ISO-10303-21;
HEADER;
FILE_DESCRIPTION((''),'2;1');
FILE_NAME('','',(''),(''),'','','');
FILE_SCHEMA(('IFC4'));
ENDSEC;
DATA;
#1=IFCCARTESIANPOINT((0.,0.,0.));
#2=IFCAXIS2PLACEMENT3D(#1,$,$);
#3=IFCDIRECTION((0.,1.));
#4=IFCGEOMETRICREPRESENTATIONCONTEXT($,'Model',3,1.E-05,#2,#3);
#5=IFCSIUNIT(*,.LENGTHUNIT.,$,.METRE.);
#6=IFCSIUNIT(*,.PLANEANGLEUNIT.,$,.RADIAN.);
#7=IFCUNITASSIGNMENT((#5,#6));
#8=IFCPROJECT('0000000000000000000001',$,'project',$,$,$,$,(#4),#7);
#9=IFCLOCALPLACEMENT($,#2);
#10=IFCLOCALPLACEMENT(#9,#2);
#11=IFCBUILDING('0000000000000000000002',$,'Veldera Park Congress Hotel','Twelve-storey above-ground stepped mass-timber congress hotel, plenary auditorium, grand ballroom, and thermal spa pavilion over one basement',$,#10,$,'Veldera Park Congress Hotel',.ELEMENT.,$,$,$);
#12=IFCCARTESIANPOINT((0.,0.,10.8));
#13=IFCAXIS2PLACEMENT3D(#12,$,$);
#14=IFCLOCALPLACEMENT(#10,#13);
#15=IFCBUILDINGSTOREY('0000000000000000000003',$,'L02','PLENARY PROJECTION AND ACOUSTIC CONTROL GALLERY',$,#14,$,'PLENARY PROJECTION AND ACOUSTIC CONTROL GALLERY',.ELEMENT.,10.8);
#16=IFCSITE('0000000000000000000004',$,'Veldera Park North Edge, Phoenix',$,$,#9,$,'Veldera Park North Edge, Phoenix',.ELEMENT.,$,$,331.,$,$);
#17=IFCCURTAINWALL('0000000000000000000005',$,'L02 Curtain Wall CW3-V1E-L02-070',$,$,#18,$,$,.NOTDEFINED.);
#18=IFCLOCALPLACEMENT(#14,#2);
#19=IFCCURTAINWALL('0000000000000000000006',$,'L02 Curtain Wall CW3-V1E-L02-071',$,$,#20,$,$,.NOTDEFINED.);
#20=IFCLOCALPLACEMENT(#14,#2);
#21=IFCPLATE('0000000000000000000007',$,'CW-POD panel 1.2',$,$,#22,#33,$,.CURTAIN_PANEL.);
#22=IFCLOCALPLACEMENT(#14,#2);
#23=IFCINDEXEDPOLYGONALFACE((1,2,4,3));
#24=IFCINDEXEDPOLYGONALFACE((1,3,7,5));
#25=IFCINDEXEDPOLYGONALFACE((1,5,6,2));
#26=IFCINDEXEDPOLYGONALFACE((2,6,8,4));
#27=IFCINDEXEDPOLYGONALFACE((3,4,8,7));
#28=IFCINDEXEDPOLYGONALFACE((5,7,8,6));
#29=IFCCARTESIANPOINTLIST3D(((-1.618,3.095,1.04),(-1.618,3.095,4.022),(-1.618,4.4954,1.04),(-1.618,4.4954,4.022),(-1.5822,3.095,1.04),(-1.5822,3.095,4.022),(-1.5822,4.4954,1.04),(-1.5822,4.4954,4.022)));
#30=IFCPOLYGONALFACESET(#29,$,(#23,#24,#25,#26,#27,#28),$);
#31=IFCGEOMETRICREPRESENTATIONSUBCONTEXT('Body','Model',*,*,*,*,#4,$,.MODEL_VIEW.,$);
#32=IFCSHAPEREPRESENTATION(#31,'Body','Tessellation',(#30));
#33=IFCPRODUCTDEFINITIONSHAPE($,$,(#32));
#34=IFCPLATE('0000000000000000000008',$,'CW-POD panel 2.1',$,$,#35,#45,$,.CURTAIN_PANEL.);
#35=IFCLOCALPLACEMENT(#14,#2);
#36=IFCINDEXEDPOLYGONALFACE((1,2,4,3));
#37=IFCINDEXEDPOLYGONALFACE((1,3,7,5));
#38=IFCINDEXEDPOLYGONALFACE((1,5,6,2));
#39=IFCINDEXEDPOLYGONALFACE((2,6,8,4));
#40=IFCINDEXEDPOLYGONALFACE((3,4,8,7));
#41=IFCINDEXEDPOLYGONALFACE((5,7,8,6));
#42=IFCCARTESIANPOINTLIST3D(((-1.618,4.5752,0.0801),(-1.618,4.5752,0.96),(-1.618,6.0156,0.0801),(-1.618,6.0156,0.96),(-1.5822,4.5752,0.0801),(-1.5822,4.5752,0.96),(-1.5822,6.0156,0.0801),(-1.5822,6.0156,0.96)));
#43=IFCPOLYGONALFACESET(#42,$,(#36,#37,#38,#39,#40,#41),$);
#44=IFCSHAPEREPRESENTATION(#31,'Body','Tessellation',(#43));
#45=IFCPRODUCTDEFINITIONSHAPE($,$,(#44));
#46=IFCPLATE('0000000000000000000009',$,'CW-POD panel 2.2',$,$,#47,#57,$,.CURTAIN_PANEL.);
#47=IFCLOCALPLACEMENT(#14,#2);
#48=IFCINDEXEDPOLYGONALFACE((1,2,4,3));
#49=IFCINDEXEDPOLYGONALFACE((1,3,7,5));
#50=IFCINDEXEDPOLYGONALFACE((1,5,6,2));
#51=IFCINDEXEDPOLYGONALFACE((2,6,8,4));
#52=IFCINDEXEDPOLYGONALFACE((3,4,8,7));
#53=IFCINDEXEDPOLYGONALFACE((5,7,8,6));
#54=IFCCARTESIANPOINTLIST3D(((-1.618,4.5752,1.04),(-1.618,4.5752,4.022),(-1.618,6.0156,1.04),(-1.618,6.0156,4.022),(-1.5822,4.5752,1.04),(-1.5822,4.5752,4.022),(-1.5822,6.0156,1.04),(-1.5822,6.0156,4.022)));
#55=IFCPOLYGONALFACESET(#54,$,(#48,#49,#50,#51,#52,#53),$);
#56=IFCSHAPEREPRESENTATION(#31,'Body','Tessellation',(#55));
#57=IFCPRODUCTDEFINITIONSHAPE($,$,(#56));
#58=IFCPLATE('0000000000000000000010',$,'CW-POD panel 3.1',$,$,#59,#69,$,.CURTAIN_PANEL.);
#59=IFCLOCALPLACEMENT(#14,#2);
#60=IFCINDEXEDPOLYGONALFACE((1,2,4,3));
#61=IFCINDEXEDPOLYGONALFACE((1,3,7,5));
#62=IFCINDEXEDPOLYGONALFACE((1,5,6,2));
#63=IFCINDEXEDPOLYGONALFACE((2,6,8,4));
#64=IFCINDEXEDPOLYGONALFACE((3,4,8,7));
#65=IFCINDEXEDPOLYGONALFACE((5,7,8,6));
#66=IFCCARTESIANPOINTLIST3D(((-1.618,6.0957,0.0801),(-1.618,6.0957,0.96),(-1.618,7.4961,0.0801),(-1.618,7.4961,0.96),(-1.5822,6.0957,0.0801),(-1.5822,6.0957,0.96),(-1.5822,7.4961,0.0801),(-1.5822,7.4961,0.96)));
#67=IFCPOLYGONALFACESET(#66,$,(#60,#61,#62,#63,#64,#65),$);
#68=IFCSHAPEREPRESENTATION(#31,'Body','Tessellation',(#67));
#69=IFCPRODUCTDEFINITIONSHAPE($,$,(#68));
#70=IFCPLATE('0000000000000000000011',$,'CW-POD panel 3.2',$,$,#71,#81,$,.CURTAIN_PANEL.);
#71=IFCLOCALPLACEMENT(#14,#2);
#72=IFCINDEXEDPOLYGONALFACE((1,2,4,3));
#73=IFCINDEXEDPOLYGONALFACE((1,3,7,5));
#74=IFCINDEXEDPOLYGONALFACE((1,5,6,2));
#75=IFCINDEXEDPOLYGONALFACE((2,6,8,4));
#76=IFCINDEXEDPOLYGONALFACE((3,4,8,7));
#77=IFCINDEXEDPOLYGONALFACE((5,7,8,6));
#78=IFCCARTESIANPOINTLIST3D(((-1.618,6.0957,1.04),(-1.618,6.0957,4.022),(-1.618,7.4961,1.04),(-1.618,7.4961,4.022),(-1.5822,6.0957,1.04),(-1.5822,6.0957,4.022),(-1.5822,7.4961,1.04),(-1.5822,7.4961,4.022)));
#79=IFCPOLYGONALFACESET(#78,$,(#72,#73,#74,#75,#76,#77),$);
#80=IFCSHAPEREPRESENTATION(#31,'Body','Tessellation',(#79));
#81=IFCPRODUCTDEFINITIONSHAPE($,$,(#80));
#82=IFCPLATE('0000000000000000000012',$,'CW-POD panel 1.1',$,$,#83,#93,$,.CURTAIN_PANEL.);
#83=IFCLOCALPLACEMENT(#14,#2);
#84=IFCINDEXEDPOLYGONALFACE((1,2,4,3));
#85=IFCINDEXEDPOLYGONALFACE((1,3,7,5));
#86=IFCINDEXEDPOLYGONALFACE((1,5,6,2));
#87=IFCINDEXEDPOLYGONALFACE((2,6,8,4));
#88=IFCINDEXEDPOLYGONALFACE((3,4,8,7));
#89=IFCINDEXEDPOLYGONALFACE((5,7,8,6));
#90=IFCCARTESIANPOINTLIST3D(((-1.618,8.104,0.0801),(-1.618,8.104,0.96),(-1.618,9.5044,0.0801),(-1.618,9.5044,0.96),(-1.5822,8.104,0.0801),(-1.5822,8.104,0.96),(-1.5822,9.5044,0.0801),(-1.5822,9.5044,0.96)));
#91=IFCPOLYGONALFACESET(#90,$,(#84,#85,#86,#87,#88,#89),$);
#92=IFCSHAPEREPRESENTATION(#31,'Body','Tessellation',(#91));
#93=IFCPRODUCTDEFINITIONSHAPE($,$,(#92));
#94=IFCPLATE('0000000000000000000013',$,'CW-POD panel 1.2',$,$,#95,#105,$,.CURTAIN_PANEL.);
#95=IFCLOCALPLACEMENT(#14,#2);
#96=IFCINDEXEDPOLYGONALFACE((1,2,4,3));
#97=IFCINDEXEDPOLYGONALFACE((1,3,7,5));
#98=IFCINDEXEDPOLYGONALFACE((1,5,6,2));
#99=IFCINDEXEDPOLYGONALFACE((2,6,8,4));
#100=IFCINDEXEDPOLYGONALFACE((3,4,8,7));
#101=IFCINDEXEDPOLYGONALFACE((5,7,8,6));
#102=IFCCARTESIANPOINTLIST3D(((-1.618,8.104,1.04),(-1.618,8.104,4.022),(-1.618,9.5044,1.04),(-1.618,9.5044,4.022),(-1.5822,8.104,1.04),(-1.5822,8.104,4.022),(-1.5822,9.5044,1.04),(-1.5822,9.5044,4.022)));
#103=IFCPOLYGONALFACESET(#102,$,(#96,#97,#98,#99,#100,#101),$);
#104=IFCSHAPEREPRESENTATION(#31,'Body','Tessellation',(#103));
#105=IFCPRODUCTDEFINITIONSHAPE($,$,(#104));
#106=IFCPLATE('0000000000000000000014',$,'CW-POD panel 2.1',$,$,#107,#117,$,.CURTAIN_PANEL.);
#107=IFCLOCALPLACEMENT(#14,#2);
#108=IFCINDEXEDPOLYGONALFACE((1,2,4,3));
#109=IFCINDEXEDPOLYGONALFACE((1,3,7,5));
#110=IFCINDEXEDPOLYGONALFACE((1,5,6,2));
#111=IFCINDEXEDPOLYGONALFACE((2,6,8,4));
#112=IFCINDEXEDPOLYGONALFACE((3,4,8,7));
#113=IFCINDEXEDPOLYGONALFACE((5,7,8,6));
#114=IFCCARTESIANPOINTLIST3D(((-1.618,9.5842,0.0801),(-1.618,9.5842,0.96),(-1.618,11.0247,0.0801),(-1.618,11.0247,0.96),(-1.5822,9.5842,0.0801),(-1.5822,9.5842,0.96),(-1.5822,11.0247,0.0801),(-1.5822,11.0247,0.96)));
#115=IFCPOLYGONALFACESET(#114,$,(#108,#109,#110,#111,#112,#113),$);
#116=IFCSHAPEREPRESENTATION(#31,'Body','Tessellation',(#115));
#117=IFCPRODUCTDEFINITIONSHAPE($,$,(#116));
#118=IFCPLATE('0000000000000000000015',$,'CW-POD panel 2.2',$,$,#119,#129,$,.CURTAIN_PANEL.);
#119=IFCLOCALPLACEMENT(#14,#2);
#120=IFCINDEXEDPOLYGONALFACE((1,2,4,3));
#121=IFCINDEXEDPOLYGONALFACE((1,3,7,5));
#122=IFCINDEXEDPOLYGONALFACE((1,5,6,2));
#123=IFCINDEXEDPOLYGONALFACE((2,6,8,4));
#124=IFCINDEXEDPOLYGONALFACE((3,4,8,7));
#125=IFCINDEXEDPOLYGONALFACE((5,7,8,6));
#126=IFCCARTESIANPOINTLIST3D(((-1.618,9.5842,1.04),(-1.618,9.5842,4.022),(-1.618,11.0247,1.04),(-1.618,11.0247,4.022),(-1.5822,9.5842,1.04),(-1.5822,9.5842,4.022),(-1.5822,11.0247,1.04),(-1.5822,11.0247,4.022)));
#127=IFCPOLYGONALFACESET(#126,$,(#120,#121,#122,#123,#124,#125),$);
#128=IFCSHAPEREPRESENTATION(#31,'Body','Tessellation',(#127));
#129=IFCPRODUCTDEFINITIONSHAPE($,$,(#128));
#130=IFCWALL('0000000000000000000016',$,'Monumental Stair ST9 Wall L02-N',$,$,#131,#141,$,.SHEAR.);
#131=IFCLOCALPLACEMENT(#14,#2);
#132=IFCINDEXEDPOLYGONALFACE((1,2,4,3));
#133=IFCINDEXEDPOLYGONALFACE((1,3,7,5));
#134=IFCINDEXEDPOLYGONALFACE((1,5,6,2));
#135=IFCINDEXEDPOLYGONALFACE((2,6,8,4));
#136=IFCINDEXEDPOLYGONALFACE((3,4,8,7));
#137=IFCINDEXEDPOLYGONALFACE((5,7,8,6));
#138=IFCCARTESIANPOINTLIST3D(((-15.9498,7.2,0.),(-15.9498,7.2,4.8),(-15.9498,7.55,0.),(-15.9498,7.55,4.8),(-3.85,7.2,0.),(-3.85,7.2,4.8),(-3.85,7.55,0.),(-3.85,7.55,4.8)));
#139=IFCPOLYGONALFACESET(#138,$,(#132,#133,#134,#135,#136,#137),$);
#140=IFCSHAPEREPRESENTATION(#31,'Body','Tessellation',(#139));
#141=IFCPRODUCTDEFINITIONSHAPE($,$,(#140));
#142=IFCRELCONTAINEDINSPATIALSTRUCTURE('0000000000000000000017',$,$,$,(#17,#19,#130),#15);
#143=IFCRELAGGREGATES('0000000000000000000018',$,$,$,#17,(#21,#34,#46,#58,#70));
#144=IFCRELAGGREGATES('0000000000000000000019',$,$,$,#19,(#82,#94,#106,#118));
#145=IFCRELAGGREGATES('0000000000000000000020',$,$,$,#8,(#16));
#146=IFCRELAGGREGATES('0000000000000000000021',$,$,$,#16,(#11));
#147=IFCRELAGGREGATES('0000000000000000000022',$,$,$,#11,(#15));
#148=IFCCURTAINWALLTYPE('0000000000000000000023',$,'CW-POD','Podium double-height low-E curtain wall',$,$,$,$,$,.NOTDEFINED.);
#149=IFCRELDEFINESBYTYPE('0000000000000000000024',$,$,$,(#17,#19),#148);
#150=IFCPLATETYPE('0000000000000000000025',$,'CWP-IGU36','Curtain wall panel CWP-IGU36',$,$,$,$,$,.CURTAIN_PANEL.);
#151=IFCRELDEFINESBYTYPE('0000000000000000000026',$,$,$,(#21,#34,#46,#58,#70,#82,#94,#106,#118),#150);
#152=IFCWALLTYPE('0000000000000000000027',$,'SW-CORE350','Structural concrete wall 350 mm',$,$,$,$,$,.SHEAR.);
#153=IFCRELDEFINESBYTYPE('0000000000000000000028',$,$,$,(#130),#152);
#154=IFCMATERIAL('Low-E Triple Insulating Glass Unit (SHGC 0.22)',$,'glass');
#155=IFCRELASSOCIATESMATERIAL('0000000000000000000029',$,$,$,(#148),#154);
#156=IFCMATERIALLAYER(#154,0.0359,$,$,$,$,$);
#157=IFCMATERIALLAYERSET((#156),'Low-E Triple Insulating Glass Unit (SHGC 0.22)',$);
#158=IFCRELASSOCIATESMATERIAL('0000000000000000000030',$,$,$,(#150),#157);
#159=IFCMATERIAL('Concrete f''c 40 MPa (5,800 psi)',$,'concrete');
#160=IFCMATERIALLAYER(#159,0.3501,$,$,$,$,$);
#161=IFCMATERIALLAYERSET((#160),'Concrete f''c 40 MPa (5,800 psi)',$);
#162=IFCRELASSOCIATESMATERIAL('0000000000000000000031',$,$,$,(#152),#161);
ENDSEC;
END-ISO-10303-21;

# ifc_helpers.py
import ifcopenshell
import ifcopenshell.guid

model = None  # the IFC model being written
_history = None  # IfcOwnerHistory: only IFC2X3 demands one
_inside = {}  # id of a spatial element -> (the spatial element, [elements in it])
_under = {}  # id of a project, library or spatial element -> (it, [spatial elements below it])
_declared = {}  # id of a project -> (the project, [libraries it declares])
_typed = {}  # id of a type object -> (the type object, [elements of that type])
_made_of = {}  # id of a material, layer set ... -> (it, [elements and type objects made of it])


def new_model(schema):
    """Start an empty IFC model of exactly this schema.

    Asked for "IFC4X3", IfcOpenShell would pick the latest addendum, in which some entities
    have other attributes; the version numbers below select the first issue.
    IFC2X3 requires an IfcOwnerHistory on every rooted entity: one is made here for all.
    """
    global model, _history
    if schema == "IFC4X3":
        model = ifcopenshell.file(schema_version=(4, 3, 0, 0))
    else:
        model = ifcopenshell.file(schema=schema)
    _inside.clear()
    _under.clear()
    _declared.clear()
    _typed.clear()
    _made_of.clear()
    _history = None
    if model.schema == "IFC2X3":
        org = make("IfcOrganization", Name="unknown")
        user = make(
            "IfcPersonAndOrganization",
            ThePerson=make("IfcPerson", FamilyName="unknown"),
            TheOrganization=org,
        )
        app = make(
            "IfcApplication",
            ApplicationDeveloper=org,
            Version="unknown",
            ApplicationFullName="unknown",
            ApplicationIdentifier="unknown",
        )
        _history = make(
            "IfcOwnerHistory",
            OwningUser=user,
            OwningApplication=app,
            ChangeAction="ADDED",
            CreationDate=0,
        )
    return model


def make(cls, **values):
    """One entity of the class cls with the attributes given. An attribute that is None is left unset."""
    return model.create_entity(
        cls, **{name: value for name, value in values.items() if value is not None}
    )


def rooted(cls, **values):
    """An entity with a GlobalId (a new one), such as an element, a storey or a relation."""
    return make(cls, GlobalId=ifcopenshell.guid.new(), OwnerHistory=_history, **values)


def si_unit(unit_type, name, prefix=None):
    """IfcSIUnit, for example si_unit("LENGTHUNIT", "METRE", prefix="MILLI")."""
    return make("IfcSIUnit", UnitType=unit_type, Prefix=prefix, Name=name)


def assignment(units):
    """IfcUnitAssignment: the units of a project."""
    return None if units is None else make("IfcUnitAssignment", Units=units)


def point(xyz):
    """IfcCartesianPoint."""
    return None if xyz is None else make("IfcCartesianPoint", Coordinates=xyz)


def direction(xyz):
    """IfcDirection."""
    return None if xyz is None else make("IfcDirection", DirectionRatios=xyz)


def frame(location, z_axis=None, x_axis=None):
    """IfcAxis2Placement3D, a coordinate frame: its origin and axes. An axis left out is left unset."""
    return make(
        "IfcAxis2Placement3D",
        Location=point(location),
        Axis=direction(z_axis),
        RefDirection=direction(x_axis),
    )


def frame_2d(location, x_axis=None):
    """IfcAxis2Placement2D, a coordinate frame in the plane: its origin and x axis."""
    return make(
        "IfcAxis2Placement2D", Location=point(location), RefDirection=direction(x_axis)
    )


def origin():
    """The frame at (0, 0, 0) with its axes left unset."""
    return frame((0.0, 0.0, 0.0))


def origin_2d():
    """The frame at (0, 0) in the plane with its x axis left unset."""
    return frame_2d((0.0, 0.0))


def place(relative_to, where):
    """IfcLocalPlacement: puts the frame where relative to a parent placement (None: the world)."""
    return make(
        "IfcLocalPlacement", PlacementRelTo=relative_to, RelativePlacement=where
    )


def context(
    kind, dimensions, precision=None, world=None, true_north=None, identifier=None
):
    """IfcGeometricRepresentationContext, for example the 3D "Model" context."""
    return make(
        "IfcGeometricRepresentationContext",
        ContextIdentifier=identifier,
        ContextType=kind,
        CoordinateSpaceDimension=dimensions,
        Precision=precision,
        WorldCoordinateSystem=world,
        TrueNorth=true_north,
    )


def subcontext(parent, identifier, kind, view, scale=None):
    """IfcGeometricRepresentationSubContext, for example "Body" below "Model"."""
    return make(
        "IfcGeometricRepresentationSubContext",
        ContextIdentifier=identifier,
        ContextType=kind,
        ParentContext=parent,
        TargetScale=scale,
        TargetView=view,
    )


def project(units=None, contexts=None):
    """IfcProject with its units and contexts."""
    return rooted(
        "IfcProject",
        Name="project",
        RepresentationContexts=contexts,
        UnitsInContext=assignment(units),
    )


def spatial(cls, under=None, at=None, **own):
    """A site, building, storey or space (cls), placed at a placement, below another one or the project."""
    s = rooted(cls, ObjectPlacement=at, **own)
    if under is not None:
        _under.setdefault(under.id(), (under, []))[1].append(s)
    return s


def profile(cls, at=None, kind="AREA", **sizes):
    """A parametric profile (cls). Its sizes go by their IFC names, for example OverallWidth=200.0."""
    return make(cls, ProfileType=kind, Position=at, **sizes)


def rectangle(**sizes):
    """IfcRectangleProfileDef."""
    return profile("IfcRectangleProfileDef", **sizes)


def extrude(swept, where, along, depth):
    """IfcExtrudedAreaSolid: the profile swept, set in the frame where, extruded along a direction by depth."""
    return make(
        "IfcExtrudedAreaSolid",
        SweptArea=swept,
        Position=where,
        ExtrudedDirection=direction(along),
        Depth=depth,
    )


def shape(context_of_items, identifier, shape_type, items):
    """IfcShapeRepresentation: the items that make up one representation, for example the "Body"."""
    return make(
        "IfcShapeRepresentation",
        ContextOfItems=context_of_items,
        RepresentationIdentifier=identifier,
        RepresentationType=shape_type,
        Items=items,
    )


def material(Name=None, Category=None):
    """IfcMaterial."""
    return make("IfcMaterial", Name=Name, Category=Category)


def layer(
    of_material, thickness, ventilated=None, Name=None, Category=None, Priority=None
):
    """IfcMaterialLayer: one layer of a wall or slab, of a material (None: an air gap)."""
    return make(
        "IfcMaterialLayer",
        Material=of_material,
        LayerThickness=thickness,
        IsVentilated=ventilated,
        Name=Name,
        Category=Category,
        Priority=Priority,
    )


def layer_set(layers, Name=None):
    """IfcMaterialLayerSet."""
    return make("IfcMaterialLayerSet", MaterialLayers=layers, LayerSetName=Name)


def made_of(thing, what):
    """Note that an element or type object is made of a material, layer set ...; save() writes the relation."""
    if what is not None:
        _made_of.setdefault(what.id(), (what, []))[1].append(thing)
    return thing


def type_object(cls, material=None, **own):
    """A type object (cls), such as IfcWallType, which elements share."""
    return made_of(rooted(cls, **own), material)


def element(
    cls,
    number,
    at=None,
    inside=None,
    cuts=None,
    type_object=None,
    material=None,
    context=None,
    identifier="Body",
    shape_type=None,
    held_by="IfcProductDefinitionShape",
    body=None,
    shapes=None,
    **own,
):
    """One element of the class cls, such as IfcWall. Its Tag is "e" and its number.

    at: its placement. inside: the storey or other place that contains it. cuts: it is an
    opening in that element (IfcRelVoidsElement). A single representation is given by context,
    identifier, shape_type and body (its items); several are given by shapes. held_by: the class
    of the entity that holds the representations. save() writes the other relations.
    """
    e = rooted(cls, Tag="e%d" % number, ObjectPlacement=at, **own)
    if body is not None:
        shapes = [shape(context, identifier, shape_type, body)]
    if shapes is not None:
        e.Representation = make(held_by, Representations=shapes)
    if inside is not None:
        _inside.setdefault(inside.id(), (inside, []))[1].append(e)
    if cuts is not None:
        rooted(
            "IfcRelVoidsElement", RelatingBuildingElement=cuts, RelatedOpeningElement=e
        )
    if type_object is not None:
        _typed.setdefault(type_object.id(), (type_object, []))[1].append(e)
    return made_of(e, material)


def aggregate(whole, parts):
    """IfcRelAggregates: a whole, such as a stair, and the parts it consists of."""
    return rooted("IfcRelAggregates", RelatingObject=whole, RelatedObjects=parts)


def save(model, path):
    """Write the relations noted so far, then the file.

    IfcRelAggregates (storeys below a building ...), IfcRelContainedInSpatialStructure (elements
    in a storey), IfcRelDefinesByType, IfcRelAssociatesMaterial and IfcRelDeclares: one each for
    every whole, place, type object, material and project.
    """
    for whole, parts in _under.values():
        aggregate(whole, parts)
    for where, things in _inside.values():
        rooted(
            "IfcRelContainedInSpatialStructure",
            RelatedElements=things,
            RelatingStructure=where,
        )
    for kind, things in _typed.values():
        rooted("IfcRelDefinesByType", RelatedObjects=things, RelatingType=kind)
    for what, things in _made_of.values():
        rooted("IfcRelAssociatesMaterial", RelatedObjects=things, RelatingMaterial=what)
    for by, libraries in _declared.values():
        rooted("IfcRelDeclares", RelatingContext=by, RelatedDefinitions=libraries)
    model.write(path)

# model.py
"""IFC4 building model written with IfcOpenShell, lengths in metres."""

from ifc_helpers import new_model, si_unit, direction, frame, frame_2d, origin, origin_2d, place, context, subcontext, project, spatial, rectangle, extrude, material, layer, layer_set, type_object, element, aggregate, save


model = new_model("IFC4")

# Units and contexts
model_context = context("Model", 3, precision=1e-05, world=origin(), true_north=direction((0.0, 1.0)))
body_context = subcontext(model_context, "Body", "Model", "MODEL_VIEW")
ifc_project = project(units=[si_unit("LENGTHUNIT", "METRE"), si_unit("PLANEANGLEUNIT", "RADIAN")], contexts=[model_context])

# Site, building, storey
site_placement = place(None, origin())
site = spatial("IfcSite", under=ifc_project, at=site_placement, Name="Veldera Park North Edge, Phoenix", LongName="Veldera Park North Edge, Phoenix", CompositionType="ELEMENT", RefElevation=331.0)
building_placement = place(site_placement, origin())
building = spatial("IfcBuilding", under=site, at=building_placement, Name="Veldera Park Congress Hotel", Description="Twelve-storey above-ground stepped mass-timber congress hotel, plenary auditorium, grand ballroom, and thermal spa pavilion over one basement", LongName="Veldera Park Congress Hotel", CompositionType="ELEMENT")
storey_placement = place(building_placement, frame((0.0, 0.0, 10.8)))
storey = spatial("IfcBuildingStorey", under=building, at=storey_placement, Name="L02", Description="PLENARY PROJECTION AND ACOUSTIC CONTROL GALLERY", LongName="PLENARY PROJECTION AND ACOUSTIC CONTROL GALLERY", CompositionType="ELEMENT", Elevation=10.8)

# Shared definitions
ifc_material_1 = material(Name="Low-E Triple Insulating Glass Unit (SHGC 0.22)", Category="glass")
curtain_wall_type = type_object("IfcCurtainWallType", Name="CW-POD", Description="Podium double-height low-E curtain wall", PredefinedType="NOTDEFINED", material=ifc_material_1)

# Curtain walls
curtain_wall_1_placement = place(storey_placement, origin())
curtain_wall_1 = element("IfcCurtainWall", 1, at=curtain_wall_1_placement, inside=storey, type_object=curtain_wall_type, Name="L02 Curtain Wall CW3-V1E-L02-070", PredefinedType="NOTDEFINED")
curtain_wall_2_placement = place(storey_placement, origin())
curtain_wall_2 = element("IfcCurtainWall", 2, at=curtain_wall_2_placement, inside=storey, type_object=curtain_wall_type, Name="L02 Curtain Wall CW3-V1E-L02-071", PredefinedType="NOTDEFINED")

# Plates
ifc_layer_1 = layer(ifc_material_1, 0.0359)
ifc_layer_set_1 = layer_set([ifc_layer_1], Name="Low-E Triple Insulating Glass Unit (SHGC 0.22)")
plate_type = type_object("IfcPlateType", Name="CWP-IGU36", Description="Curtain wall panel CWP-IGU36", PredefinedType="CURTAIN_PANEL", material=ifc_layer_set_1)
plate_1_placement = place(storey_placement, frame((-1.6001, 3.7952, 1.04), z_axis=(0.0, 0.0, 1.0), x_axis=(0.0, 1.0, 0.0)))
plate_1 = element("IfcPlate", 3, at=plate_1_placement, type_object=plate_type, Name="CW-POD panel 1.2", PredefinedType="CURTAIN_PANEL", context=body_context, shape_type="SweptSolid", body=[
    extrude(rectangle(XDim=1.4004, YDim=0.0359, at=origin_2d()), origin(), (0.0, 0.0, 1.0), 2.9819),
])
plate_2_placement = place(storey_placement, frame((-1.6001, 5.2954, 0.0801), z_axis=(0.0, 0.0, 1.0), x_axis=(0.0, 1.0, 0.0)))
plate_2 = element("IfcPlate", 4, at=plate_2_placement, type_object=plate_type, Name="CW-POD panel 2.1", PredefinedType="CURTAIN_PANEL", context=body_context, shape_type="SweptSolid", body=[
    extrude(rectangle(XDim=1.4404, YDim=0.0359, at=origin_2d()), origin(), (0.0, 0.0, 1.0), 0.8799),
])
plate_3_placement = place(storey_placement, frame((-1.6001, 5.2954, 1.04), z_axis=(0.0, 0.0, 1.0), x_axis=(0.0, 1.0, 0.0)))
plate_3 = element("IfcPlate", 5, at=plate_3_placement, type_object=plate_type, Name="CW-POD panel 2.2", PredefinedType="CURTAIN_PANEL", context=body_context, shape_type="SweptSolid", body=[
    extrude(rectangle(XDim=1.4404, YDim=0.0359, at=origin_2d()), origin(), (0.0, 0.0, 1.0), 2.9819),
])
plate_4_placement = place(storey_placement, frame((-1.6001, 6.7959, 0.0801), z_axis=(0.0, 0.0, 1.0), x_axis=(0.0, 1.0, 0.0)))
plate_4 = element("IfcPlate", 6, at=plate_4_placement, type_object=plate_type, Name="CW-POD panel 3.1", PredefinedType="CURTAIN_PANEL", context=body_context, shape_type="SweptSolid", body=[
    extrude(rectangle(XDim=1.4004, YDim=0.0359, at=origin_2d()), origin(), (0.0, 0.0, 1.0), 0.8799),
])
plate_5_placement = place(storey_placement, frame((-1.6001, 6.7959, 1.04), z_axis=(0.0, 0.0, 1.0), x_axis=(0.0, 1.0, 0.0)))
plate_5 = element("IfcPlate", 7, at=plate_5_placement, type_object=plate_type, Name="CW-POD panel 3.2", PredefinedType="CURTAIN_PANEL", context=body_context, shape_type="SweptSolid", body=[
    extrude(rectangle(XDim=1.4004, YDim=0.0359, at=origin_2d()), origin(), (0.0, 0.0, 1.0), 2.9819),
])
aggregate(curtain_wall_1, [plate_1, plate_2, plate_3, plate_4, plate_5])
plate_6_placement = place(storey_placement, frame((-1.6001, 8.8042, 0.0801), z_axis=(0.0, 0.0, 1.0), x_axis=(0.0, 1.0, 0.0)))
plate_6 = element("IfcPlate", 8, at=plate_6_placement, type_object=plate_type, Name="CW-POD panel 1.1", PredefinedType="CURTAIN_PANEL", context=body_context, shape_type="SweptSolid", body=[
    extrude(rectangle(XDim=1.4004, YDim=0.0359, at=origin_2d()), origin(), (0.0, 0.0, 1.0), 0.8799),
])
plate_7_placement = place(storey_placement, frame((-1.6001, 8.8042, 1.04), z_axis=(0.0, 0.0, 1.0), x_axis=(0.0, 1.0, 0.0)))
plate_7 = element("IfcPlate", 9, at=plate_7_placement, type_object=plate_type, Name="CW-POD panel 1.2", PredefinedType="CURTAIN_PANEL", context=body_context, shape_type="SweptSolid", body=[
    extrude(rectangle(XDim=1.4004, YDim=0.0359, at=origin_2d()), origin(), (0.0, 0.0, 1.0), 2.9819),
])
plate_8_placement = place(storey_placement, frame((-1.6001, 10.3044, 0.0801), z_axis=(0.0, 0.0, 1.0), x_axis=(0.0, 1.0, 0.0)))
plate_8 = element("IfcPlate", 10, at=plate_8_placement, type_object=plate_type, Name="CW-POD panel 2.1", PredefinedType="CURTAIN_PANEL", context=body_context, shape_type="SweptSolid", body=[
    extrude(rectangle(XDim=1.4404, YDim=0.0359, at=origin_2d()), origin(), (0.0, 0.0, 1.0), 0.8799),
])
plate_9_placement = place(storey_placement, frame((-1.6001, 10.3044, 1.04), z_axis=(0.0, 0.0, 1.0), x_axis=(0.0, 1.0, 0.0)))
plate_9 = element("IfcPlate", 11, at=plate_9_placement, type_object=plate_type, Name="CW-POD panel 2.2", PredefinedType="CURTAIN_PANEL", context=body_context, shape_type="SweptSolid", body=[
    extrude(rectangle(XDim=1.4404, YDim=0.0359, at=origin_2d()), origin(), (0.0, 0.0, 1.0), 2.9819),
])
aggregate(curtain_wall_2, [plate_6, plate_7, plate_8, plate_9])

# Wall
ifc_material_2 = material(Name="Concrete f'c 40 MPa (5,800 psi)", Category="concrete")
ifc_layer_2 = layer(ifc_material_2, 0.3501)
ifc_layer_set_2 = layer_set([ifc_layer_2], Name="Concrete f'c 40 MPa (5,800 psi)")
wall_type = type_object("IfcWallType", Name="SW-CORE350", Description="Structural concrete wall 350 mm", PredefinedType="SHEAR", material=ifc_layer_set_2)
wall_placement = place(storey_placement, frame((-3.8501, 7.375, 0.0), z_axis=(0.0, 0.0, 1.0), x_axis=(-1.0, 0.0, 0.0)))
element("IfcWall", 12, at=wall_placement, inside=storey, type_object=wall_type, Name="Monumental Stair ST9 Wall L02-N", PredefinedType="SHEAR", context=body_context, shape_type="SweptSolid", body=[
    extrude(rectangle(XDim=12.0999, YDim=0.3501, at=frame_2d((6.0498, 0.0))), origin(), (0.0, 0.0, 1.0), 4.8),
])

save(model, "model.ifc")
